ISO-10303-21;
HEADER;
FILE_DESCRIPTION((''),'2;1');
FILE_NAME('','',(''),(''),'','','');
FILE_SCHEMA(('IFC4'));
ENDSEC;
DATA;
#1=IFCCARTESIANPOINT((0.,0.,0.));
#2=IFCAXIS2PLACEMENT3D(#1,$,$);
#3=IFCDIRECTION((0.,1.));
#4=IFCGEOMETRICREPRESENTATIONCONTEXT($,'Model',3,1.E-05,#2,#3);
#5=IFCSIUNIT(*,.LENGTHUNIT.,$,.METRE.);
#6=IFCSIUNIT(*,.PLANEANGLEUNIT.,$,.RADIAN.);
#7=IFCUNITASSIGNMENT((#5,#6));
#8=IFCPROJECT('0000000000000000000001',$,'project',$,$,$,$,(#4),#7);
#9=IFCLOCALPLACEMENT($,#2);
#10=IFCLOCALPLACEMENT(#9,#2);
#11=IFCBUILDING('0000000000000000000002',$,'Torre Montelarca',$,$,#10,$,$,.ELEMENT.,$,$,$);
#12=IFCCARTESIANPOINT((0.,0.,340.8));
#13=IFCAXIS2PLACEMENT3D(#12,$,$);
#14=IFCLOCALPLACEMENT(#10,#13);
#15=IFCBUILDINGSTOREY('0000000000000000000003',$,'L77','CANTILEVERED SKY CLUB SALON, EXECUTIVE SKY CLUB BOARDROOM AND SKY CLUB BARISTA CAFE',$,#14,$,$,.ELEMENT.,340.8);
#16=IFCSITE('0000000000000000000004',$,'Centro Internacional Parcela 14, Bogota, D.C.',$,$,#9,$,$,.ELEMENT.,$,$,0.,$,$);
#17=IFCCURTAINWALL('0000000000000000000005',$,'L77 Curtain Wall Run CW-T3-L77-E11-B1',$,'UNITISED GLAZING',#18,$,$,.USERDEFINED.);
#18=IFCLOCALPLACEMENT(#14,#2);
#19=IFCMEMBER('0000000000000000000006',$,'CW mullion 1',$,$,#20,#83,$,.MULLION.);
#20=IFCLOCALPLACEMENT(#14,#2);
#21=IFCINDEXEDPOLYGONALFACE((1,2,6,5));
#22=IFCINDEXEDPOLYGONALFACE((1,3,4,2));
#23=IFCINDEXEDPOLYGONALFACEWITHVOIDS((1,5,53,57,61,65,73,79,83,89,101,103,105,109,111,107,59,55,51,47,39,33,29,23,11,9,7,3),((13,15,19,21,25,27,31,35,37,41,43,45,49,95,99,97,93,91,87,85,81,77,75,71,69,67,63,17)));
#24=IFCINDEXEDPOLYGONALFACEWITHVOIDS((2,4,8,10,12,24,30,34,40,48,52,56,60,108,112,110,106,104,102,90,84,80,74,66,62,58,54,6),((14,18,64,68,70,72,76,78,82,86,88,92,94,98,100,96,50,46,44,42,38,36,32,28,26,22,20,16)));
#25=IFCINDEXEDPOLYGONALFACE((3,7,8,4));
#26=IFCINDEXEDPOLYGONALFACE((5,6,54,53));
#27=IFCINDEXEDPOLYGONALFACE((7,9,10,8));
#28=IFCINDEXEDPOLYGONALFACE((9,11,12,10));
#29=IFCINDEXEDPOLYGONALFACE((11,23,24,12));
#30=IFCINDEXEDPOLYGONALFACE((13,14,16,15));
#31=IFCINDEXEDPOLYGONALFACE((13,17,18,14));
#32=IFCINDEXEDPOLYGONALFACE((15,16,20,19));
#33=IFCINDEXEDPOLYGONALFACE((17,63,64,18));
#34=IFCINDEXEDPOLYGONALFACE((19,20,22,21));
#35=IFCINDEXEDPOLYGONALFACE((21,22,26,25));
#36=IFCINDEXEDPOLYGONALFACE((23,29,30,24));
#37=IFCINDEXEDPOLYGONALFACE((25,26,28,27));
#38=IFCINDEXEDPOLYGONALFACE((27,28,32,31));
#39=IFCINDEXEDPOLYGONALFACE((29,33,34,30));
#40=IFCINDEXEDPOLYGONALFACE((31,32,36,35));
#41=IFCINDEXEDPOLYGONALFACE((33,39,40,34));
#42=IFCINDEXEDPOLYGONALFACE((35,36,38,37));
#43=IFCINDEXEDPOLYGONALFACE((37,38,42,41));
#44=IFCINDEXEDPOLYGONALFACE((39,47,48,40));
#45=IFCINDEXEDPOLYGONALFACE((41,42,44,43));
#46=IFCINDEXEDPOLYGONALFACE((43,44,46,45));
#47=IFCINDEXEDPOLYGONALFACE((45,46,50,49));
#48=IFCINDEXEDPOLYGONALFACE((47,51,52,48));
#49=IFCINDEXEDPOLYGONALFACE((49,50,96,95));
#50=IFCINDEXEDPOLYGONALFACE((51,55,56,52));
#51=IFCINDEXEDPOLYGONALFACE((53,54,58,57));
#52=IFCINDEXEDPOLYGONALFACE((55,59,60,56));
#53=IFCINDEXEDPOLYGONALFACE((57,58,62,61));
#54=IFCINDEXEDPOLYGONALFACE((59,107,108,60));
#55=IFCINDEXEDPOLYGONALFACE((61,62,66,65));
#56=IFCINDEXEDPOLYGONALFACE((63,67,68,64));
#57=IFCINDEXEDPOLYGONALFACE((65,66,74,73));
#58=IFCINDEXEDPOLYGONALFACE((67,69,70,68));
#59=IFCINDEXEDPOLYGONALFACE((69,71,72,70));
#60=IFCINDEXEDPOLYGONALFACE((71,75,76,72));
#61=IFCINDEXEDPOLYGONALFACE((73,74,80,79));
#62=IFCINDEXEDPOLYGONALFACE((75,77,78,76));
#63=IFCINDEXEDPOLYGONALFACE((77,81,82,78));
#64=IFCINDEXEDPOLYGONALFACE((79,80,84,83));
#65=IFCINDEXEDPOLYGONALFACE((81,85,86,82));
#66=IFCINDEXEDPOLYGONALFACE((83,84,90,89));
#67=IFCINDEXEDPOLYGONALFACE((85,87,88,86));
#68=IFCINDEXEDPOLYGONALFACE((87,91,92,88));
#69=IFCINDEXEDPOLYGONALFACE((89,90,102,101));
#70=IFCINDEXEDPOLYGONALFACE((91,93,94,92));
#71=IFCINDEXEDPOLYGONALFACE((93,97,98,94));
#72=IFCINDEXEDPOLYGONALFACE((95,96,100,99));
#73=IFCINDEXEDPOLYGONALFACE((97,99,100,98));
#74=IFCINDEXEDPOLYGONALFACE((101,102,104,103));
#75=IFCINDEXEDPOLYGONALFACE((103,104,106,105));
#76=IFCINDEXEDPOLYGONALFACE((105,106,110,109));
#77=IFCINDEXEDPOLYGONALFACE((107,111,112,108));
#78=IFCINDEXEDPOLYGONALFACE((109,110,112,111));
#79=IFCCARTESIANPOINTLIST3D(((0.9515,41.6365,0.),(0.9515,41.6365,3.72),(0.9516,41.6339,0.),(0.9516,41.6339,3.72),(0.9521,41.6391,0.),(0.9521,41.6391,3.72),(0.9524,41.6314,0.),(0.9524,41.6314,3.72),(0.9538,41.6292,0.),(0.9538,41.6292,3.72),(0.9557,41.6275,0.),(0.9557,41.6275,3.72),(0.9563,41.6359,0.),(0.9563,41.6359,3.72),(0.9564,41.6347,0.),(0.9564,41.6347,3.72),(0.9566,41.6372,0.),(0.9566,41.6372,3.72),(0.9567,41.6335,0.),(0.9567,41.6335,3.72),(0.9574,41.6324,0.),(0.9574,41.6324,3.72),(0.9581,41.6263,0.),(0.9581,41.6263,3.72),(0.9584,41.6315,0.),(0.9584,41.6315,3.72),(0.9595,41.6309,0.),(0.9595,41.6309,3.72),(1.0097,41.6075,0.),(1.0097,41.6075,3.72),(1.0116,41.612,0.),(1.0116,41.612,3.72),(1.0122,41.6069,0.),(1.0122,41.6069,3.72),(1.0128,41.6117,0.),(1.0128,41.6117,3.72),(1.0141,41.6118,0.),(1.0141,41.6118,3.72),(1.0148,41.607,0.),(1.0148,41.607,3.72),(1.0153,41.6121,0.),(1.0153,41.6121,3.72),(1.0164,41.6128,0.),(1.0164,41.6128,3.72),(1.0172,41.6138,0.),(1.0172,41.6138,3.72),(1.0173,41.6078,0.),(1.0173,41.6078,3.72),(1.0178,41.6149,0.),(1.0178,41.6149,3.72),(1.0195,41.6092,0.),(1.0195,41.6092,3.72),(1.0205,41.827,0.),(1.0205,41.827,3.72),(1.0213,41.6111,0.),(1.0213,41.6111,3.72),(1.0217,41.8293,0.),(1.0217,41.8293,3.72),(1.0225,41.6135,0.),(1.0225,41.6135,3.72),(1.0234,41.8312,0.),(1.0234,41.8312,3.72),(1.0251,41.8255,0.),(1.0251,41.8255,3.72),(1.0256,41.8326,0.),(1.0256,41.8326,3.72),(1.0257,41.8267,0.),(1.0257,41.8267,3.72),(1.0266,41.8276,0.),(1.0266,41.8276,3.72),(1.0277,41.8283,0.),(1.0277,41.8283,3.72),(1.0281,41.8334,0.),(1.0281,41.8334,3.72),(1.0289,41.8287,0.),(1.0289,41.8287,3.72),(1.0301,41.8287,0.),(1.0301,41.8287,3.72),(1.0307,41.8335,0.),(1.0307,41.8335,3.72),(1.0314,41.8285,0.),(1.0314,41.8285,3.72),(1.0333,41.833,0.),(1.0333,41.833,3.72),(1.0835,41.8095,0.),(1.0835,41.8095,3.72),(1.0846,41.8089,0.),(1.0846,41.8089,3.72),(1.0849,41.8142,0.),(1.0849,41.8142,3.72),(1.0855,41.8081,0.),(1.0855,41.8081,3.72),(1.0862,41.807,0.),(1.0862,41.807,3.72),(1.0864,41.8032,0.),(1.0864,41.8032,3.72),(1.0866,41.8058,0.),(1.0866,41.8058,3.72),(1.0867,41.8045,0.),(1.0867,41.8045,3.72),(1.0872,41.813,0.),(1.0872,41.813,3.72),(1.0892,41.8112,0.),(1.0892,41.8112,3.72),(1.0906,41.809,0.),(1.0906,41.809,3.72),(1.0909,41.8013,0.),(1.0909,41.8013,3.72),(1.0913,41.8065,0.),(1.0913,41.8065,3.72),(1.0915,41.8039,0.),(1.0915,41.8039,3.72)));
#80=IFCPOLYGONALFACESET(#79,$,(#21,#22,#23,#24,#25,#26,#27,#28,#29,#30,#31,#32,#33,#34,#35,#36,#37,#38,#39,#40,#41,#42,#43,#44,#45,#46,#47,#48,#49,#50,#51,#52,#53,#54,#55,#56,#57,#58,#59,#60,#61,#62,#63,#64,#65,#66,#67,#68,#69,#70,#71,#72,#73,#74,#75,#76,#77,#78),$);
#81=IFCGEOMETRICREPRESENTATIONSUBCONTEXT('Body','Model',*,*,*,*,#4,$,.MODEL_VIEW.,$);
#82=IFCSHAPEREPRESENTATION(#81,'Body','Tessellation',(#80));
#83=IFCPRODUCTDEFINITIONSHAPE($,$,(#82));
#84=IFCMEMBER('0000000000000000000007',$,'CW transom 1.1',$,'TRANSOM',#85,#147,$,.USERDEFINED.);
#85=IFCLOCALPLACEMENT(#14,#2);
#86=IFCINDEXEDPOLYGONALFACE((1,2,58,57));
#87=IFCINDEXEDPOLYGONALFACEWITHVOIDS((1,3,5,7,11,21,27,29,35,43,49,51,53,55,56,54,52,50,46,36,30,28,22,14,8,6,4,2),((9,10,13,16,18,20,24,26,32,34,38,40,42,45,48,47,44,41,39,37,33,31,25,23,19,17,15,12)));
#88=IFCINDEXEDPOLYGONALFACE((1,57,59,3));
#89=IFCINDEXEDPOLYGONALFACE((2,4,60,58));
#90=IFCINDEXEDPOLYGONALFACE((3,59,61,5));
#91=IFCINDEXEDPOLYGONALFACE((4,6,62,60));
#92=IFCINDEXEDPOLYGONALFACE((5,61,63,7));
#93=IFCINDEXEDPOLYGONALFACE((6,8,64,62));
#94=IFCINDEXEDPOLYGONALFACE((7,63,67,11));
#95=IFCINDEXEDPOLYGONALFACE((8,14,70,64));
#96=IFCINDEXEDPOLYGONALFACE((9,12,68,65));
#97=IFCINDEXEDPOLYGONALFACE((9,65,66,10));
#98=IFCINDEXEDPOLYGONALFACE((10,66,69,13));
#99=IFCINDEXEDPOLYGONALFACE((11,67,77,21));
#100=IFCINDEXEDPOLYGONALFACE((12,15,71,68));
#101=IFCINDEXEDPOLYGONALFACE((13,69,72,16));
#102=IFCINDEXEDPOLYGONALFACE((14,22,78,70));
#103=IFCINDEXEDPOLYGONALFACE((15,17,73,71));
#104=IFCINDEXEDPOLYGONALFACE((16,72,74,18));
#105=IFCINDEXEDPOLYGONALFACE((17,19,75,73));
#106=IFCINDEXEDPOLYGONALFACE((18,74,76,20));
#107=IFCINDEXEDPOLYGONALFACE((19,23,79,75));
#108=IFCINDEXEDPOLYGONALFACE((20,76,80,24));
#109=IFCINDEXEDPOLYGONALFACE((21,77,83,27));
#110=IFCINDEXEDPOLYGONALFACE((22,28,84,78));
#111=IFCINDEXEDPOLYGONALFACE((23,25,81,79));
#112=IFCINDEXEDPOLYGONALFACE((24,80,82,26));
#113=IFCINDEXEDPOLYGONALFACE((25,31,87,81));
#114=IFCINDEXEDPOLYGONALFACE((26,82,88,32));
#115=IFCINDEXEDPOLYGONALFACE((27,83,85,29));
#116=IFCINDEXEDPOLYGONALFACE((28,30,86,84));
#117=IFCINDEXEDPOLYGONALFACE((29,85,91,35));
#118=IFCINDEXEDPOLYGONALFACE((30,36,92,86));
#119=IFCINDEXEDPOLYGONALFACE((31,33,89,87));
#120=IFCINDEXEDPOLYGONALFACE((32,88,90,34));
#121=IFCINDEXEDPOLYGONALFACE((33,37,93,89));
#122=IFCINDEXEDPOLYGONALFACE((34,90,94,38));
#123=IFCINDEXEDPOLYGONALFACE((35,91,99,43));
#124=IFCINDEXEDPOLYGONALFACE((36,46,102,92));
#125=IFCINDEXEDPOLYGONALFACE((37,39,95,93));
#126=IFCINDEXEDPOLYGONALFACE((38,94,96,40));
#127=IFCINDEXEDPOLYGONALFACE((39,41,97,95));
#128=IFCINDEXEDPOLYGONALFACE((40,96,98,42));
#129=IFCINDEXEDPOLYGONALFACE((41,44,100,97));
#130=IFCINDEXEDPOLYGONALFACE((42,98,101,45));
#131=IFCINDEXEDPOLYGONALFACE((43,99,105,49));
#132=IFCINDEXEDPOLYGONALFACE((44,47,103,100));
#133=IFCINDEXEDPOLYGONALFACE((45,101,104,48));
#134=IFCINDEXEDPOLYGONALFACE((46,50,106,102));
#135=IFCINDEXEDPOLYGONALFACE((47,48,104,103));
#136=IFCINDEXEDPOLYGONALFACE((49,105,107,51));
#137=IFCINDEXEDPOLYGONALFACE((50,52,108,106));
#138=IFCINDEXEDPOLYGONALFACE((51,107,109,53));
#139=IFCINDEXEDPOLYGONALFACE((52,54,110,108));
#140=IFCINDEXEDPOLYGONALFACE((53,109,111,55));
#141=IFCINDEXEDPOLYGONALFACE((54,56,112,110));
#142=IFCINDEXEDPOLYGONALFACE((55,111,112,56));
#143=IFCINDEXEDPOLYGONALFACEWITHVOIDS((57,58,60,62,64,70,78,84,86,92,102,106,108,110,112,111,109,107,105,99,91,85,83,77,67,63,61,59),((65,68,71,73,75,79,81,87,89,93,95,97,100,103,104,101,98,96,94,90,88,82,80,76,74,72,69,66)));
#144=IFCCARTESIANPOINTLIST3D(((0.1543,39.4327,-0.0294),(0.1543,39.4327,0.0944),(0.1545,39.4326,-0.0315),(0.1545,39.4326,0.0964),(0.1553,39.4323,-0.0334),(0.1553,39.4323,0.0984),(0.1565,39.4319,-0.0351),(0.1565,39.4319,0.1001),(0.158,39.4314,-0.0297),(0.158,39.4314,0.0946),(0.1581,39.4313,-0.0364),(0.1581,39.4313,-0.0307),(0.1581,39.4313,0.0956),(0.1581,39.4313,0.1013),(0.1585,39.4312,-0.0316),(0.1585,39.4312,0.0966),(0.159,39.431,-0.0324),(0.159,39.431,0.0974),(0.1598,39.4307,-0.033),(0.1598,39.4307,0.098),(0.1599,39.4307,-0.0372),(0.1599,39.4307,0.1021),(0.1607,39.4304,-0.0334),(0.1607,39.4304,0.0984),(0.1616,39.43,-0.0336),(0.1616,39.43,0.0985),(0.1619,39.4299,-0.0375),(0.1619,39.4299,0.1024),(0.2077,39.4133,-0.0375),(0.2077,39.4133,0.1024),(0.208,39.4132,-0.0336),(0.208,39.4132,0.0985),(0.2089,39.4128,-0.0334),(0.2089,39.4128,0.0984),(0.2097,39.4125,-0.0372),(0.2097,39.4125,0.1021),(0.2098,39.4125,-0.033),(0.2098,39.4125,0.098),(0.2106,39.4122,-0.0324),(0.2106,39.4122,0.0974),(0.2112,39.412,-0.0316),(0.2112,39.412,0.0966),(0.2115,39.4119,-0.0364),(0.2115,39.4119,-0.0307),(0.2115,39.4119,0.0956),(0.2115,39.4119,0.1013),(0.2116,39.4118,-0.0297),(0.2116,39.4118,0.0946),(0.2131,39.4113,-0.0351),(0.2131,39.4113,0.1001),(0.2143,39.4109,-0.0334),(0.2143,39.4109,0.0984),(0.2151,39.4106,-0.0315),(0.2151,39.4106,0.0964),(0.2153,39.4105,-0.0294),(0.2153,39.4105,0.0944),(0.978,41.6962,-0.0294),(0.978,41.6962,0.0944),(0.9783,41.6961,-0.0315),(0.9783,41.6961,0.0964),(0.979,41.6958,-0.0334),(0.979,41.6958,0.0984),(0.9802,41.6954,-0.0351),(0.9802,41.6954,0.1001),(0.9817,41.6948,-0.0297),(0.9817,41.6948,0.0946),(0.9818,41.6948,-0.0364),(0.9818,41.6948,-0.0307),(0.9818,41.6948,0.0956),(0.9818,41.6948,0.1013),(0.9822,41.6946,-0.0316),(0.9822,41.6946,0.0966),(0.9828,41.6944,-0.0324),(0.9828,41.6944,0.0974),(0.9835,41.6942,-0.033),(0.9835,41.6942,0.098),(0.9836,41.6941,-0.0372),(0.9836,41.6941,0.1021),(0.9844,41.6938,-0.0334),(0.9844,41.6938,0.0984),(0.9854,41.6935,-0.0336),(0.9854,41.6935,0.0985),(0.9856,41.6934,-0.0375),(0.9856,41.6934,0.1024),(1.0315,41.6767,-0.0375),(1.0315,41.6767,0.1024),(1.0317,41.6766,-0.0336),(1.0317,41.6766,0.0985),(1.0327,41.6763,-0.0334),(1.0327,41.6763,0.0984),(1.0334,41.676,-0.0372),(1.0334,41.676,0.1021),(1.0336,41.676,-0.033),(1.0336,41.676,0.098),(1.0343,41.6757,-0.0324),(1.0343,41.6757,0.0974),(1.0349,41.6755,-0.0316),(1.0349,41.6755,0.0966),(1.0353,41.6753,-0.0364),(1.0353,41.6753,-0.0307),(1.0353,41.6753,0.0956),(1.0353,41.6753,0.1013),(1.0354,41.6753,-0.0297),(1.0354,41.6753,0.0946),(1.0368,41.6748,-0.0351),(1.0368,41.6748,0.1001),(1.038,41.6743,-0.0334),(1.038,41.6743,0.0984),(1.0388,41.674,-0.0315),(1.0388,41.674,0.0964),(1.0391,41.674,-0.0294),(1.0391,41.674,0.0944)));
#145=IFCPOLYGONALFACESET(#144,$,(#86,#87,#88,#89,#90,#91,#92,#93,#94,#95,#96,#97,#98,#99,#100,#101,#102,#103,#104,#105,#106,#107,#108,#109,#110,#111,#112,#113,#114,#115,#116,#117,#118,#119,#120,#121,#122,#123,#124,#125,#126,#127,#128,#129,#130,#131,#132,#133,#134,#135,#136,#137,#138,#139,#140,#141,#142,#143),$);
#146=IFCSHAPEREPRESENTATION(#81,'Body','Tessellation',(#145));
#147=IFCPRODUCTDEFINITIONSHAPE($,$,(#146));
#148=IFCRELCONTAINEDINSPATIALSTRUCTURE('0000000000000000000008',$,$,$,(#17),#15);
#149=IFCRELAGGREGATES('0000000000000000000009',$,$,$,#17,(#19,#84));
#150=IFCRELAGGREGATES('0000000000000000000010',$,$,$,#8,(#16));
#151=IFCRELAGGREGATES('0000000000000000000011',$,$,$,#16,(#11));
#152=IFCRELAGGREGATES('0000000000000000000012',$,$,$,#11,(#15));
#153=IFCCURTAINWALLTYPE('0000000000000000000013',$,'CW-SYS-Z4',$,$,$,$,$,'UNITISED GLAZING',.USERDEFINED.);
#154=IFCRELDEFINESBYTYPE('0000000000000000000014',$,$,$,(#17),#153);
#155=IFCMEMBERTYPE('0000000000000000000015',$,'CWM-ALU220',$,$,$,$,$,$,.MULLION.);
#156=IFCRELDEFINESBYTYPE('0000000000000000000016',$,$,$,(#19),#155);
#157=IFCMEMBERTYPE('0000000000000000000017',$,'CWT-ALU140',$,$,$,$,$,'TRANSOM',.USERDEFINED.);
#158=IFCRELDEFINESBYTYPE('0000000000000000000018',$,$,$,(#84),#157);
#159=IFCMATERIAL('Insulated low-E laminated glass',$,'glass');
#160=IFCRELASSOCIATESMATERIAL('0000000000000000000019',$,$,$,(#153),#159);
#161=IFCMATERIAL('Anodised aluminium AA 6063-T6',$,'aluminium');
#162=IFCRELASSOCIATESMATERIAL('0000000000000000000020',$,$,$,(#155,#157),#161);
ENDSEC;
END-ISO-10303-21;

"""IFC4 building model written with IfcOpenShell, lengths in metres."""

from ifc_helpers import new_model, si_unit, direction, frame, origin, origin_2d, place, context, subcontext, project, spatial, hollow_rectangle, extrude, source, transform, mapped, material, material_profile, profile_set, type_object, element, aggregate, save


model = new_model("IFC4")

# Units and contexts
model_context = context("Model", 3, precision=1e-05, world=origin(), true_north=direction((0.0, 1.0)))
body_context = subcontext(model_context, "Body", "Model", "MODEL_VIEW")
ifc_project = project(units=[si_unit("LENGTHUNIT", "METRE"), si_unit("PLANEANGLEUNIT", "RADIAN")], contexts=[model_context])

# Site, building, storey
site_placement = place(None, origin())
site = spatial("IfcSite", under=ifc_project, at=site_placement, Name="Centro Internacional Parcela 14, Bogota, D.C.", CompositionType="ELEMENT", RefElevation=0.0)
building_placement = place(site_placement, origin())
building = spatial("IfcBuilding", under=site, at=building_placement, Name="Torre Montelarca", CompositionType="ELEMENT")
storey_placement = place(building_placement, frame((0.0, 0.0, 340.8)))
storey = spatial("IfcBuildingStorey", under=building, at=storey_placement, Name="L77", Description="CANTILEVERED SKY CLUB SALON, EXECUTIVE SKY CLUB BOARDROOM AND SKY CLUB BARISTA CAFE", CompositionType="ELEMENT", Elevation=340.8)

# Curtain wall, members
ifc_material_1 = material(Name="Insulated low-E laminated glass", Category="glass")
curtain_wall_type = type_object("IfcCurtainWallType", Name="CW-SYS-Z4", ElementType="UNITISED GLAZING", PredefinedType="USERDEFINED", material=ifc_material_1)
ifc_material_2 = material(Name="Anodised aluminium AA 6063-T6", Category="aluminium")
ifc_material_profile_1 = material_profile(ifc_material_2, hollow_rectangle(XDim=0.075, YDim=0.22, WallThickness=0.0049, InnerFilletRadius=0.0049, OuterFilletRadius=0.01, at=origin_2d()), Name="ALU75X220X5", Category="aluminium")
ifc_profile_set_1 = profile_set([ifc_material_profile_1], Name="Anodised aluminium AA 6063-T6")
member_type_1 = type_object("IfcMemberType", Name="CWM-ALU220", PredefinedType="MULLION", material=ifc_profile_set_1)
shared_shape_1 = source(origin(), body_context, "Body", "SweptSolid", [
    extrude(hollow_rectangle(XDim=0.075, YDim=0.22, WallThickness=0.0049, InnerFilletRadius=0.0049, OuterFilletRadius=0.01, at=origin_2d()), origin(), (0.0, 0.0, 1.0), 3.72),
])
curtain_wall_1_placement = place(storey_placement, origin())
curtain_wall_1 = element("IfcCurtainWall", 1, at=curtain_wall_1_placement, inside=storey, type_object=curtain_wall_type, Name="L77 Curtain Wall Run CW-T3-L77-E11-B1", ObjectType="UNITISED GLAZING", PredefinedType="USERDEFINED")
member_1_placement = place(storey_placement, frame((1.0215, 41.7202, 0.0), z_axis=(0.0, 0.0, 1.0), x_axis=(0.939694, -0.342015, 0.0)))
member_1 = element("IfcMember", 2, at=member_1_placement, type_object=member_type_1, Name="CW mullion 1", PredefinedType="MULLION", context=body_context, shape_type="MappedRepresentation", body=[
    mapped(shared_shape_1, transform((0.0, 0.0, 0.0), scale=1.0)),
])
ifc_material_profile_2 = material_profile(ifc_material_2, hollow_rectangle(XDim=0.0649, YDim=0.1399, WallThickness=0.0039, InnerFilletRadius=0.0039, OuterFilletRadius=0.0081, at=origin_2d()), Name="ALU65X140X4", Category="aluminium")
ifc_profile_set_2 = profile_set([ifc_material_profile_2], Name="Anodised aluminium AA 6063-T6")
member_type_2 = type_object("IfcMemberType", Name="CWT-ALU140", ElementType="TRANSOM", PredefinedType="USERDEFINED", material=ifc_profile_set_2)
shared_shape_2 = source(origin(), body_context, "Body", "SweptSolid", [
    extrude(hollow_rectangle(XDim=0.0649, YDim=0.1399, WallThickness=0.0039, InnerFilletRadius=0.0039, OuterFilletRadius=0.0081, at=origin_2d()), origin(), (0.0, 0.0, 1.0), 2.4087),
])
member_2_placement = place(storey_placement, frame((1.0085, 41.6851, 0.0325), z_axis=(-0.341987, -0.939705, 0.0), x_axis=(0.939705, -0.341987, 0.0)))
member_2 = element("IfcMember", 3, at=member_2_placement, type_object=member_type_2, Name="CW transom 1.1", ObjectType="TRANSOM", PredefinedType="USERDEFINED", context=body_context, shape_type="MappedRepresentation", body=[
    mapped(shared_shape_2, transform((0.0, 0.0, 0.0), scale=1.0)),
])

aggregate(curtain_wall_1, [member_1, member_2])

save(model, "model.ifc")
